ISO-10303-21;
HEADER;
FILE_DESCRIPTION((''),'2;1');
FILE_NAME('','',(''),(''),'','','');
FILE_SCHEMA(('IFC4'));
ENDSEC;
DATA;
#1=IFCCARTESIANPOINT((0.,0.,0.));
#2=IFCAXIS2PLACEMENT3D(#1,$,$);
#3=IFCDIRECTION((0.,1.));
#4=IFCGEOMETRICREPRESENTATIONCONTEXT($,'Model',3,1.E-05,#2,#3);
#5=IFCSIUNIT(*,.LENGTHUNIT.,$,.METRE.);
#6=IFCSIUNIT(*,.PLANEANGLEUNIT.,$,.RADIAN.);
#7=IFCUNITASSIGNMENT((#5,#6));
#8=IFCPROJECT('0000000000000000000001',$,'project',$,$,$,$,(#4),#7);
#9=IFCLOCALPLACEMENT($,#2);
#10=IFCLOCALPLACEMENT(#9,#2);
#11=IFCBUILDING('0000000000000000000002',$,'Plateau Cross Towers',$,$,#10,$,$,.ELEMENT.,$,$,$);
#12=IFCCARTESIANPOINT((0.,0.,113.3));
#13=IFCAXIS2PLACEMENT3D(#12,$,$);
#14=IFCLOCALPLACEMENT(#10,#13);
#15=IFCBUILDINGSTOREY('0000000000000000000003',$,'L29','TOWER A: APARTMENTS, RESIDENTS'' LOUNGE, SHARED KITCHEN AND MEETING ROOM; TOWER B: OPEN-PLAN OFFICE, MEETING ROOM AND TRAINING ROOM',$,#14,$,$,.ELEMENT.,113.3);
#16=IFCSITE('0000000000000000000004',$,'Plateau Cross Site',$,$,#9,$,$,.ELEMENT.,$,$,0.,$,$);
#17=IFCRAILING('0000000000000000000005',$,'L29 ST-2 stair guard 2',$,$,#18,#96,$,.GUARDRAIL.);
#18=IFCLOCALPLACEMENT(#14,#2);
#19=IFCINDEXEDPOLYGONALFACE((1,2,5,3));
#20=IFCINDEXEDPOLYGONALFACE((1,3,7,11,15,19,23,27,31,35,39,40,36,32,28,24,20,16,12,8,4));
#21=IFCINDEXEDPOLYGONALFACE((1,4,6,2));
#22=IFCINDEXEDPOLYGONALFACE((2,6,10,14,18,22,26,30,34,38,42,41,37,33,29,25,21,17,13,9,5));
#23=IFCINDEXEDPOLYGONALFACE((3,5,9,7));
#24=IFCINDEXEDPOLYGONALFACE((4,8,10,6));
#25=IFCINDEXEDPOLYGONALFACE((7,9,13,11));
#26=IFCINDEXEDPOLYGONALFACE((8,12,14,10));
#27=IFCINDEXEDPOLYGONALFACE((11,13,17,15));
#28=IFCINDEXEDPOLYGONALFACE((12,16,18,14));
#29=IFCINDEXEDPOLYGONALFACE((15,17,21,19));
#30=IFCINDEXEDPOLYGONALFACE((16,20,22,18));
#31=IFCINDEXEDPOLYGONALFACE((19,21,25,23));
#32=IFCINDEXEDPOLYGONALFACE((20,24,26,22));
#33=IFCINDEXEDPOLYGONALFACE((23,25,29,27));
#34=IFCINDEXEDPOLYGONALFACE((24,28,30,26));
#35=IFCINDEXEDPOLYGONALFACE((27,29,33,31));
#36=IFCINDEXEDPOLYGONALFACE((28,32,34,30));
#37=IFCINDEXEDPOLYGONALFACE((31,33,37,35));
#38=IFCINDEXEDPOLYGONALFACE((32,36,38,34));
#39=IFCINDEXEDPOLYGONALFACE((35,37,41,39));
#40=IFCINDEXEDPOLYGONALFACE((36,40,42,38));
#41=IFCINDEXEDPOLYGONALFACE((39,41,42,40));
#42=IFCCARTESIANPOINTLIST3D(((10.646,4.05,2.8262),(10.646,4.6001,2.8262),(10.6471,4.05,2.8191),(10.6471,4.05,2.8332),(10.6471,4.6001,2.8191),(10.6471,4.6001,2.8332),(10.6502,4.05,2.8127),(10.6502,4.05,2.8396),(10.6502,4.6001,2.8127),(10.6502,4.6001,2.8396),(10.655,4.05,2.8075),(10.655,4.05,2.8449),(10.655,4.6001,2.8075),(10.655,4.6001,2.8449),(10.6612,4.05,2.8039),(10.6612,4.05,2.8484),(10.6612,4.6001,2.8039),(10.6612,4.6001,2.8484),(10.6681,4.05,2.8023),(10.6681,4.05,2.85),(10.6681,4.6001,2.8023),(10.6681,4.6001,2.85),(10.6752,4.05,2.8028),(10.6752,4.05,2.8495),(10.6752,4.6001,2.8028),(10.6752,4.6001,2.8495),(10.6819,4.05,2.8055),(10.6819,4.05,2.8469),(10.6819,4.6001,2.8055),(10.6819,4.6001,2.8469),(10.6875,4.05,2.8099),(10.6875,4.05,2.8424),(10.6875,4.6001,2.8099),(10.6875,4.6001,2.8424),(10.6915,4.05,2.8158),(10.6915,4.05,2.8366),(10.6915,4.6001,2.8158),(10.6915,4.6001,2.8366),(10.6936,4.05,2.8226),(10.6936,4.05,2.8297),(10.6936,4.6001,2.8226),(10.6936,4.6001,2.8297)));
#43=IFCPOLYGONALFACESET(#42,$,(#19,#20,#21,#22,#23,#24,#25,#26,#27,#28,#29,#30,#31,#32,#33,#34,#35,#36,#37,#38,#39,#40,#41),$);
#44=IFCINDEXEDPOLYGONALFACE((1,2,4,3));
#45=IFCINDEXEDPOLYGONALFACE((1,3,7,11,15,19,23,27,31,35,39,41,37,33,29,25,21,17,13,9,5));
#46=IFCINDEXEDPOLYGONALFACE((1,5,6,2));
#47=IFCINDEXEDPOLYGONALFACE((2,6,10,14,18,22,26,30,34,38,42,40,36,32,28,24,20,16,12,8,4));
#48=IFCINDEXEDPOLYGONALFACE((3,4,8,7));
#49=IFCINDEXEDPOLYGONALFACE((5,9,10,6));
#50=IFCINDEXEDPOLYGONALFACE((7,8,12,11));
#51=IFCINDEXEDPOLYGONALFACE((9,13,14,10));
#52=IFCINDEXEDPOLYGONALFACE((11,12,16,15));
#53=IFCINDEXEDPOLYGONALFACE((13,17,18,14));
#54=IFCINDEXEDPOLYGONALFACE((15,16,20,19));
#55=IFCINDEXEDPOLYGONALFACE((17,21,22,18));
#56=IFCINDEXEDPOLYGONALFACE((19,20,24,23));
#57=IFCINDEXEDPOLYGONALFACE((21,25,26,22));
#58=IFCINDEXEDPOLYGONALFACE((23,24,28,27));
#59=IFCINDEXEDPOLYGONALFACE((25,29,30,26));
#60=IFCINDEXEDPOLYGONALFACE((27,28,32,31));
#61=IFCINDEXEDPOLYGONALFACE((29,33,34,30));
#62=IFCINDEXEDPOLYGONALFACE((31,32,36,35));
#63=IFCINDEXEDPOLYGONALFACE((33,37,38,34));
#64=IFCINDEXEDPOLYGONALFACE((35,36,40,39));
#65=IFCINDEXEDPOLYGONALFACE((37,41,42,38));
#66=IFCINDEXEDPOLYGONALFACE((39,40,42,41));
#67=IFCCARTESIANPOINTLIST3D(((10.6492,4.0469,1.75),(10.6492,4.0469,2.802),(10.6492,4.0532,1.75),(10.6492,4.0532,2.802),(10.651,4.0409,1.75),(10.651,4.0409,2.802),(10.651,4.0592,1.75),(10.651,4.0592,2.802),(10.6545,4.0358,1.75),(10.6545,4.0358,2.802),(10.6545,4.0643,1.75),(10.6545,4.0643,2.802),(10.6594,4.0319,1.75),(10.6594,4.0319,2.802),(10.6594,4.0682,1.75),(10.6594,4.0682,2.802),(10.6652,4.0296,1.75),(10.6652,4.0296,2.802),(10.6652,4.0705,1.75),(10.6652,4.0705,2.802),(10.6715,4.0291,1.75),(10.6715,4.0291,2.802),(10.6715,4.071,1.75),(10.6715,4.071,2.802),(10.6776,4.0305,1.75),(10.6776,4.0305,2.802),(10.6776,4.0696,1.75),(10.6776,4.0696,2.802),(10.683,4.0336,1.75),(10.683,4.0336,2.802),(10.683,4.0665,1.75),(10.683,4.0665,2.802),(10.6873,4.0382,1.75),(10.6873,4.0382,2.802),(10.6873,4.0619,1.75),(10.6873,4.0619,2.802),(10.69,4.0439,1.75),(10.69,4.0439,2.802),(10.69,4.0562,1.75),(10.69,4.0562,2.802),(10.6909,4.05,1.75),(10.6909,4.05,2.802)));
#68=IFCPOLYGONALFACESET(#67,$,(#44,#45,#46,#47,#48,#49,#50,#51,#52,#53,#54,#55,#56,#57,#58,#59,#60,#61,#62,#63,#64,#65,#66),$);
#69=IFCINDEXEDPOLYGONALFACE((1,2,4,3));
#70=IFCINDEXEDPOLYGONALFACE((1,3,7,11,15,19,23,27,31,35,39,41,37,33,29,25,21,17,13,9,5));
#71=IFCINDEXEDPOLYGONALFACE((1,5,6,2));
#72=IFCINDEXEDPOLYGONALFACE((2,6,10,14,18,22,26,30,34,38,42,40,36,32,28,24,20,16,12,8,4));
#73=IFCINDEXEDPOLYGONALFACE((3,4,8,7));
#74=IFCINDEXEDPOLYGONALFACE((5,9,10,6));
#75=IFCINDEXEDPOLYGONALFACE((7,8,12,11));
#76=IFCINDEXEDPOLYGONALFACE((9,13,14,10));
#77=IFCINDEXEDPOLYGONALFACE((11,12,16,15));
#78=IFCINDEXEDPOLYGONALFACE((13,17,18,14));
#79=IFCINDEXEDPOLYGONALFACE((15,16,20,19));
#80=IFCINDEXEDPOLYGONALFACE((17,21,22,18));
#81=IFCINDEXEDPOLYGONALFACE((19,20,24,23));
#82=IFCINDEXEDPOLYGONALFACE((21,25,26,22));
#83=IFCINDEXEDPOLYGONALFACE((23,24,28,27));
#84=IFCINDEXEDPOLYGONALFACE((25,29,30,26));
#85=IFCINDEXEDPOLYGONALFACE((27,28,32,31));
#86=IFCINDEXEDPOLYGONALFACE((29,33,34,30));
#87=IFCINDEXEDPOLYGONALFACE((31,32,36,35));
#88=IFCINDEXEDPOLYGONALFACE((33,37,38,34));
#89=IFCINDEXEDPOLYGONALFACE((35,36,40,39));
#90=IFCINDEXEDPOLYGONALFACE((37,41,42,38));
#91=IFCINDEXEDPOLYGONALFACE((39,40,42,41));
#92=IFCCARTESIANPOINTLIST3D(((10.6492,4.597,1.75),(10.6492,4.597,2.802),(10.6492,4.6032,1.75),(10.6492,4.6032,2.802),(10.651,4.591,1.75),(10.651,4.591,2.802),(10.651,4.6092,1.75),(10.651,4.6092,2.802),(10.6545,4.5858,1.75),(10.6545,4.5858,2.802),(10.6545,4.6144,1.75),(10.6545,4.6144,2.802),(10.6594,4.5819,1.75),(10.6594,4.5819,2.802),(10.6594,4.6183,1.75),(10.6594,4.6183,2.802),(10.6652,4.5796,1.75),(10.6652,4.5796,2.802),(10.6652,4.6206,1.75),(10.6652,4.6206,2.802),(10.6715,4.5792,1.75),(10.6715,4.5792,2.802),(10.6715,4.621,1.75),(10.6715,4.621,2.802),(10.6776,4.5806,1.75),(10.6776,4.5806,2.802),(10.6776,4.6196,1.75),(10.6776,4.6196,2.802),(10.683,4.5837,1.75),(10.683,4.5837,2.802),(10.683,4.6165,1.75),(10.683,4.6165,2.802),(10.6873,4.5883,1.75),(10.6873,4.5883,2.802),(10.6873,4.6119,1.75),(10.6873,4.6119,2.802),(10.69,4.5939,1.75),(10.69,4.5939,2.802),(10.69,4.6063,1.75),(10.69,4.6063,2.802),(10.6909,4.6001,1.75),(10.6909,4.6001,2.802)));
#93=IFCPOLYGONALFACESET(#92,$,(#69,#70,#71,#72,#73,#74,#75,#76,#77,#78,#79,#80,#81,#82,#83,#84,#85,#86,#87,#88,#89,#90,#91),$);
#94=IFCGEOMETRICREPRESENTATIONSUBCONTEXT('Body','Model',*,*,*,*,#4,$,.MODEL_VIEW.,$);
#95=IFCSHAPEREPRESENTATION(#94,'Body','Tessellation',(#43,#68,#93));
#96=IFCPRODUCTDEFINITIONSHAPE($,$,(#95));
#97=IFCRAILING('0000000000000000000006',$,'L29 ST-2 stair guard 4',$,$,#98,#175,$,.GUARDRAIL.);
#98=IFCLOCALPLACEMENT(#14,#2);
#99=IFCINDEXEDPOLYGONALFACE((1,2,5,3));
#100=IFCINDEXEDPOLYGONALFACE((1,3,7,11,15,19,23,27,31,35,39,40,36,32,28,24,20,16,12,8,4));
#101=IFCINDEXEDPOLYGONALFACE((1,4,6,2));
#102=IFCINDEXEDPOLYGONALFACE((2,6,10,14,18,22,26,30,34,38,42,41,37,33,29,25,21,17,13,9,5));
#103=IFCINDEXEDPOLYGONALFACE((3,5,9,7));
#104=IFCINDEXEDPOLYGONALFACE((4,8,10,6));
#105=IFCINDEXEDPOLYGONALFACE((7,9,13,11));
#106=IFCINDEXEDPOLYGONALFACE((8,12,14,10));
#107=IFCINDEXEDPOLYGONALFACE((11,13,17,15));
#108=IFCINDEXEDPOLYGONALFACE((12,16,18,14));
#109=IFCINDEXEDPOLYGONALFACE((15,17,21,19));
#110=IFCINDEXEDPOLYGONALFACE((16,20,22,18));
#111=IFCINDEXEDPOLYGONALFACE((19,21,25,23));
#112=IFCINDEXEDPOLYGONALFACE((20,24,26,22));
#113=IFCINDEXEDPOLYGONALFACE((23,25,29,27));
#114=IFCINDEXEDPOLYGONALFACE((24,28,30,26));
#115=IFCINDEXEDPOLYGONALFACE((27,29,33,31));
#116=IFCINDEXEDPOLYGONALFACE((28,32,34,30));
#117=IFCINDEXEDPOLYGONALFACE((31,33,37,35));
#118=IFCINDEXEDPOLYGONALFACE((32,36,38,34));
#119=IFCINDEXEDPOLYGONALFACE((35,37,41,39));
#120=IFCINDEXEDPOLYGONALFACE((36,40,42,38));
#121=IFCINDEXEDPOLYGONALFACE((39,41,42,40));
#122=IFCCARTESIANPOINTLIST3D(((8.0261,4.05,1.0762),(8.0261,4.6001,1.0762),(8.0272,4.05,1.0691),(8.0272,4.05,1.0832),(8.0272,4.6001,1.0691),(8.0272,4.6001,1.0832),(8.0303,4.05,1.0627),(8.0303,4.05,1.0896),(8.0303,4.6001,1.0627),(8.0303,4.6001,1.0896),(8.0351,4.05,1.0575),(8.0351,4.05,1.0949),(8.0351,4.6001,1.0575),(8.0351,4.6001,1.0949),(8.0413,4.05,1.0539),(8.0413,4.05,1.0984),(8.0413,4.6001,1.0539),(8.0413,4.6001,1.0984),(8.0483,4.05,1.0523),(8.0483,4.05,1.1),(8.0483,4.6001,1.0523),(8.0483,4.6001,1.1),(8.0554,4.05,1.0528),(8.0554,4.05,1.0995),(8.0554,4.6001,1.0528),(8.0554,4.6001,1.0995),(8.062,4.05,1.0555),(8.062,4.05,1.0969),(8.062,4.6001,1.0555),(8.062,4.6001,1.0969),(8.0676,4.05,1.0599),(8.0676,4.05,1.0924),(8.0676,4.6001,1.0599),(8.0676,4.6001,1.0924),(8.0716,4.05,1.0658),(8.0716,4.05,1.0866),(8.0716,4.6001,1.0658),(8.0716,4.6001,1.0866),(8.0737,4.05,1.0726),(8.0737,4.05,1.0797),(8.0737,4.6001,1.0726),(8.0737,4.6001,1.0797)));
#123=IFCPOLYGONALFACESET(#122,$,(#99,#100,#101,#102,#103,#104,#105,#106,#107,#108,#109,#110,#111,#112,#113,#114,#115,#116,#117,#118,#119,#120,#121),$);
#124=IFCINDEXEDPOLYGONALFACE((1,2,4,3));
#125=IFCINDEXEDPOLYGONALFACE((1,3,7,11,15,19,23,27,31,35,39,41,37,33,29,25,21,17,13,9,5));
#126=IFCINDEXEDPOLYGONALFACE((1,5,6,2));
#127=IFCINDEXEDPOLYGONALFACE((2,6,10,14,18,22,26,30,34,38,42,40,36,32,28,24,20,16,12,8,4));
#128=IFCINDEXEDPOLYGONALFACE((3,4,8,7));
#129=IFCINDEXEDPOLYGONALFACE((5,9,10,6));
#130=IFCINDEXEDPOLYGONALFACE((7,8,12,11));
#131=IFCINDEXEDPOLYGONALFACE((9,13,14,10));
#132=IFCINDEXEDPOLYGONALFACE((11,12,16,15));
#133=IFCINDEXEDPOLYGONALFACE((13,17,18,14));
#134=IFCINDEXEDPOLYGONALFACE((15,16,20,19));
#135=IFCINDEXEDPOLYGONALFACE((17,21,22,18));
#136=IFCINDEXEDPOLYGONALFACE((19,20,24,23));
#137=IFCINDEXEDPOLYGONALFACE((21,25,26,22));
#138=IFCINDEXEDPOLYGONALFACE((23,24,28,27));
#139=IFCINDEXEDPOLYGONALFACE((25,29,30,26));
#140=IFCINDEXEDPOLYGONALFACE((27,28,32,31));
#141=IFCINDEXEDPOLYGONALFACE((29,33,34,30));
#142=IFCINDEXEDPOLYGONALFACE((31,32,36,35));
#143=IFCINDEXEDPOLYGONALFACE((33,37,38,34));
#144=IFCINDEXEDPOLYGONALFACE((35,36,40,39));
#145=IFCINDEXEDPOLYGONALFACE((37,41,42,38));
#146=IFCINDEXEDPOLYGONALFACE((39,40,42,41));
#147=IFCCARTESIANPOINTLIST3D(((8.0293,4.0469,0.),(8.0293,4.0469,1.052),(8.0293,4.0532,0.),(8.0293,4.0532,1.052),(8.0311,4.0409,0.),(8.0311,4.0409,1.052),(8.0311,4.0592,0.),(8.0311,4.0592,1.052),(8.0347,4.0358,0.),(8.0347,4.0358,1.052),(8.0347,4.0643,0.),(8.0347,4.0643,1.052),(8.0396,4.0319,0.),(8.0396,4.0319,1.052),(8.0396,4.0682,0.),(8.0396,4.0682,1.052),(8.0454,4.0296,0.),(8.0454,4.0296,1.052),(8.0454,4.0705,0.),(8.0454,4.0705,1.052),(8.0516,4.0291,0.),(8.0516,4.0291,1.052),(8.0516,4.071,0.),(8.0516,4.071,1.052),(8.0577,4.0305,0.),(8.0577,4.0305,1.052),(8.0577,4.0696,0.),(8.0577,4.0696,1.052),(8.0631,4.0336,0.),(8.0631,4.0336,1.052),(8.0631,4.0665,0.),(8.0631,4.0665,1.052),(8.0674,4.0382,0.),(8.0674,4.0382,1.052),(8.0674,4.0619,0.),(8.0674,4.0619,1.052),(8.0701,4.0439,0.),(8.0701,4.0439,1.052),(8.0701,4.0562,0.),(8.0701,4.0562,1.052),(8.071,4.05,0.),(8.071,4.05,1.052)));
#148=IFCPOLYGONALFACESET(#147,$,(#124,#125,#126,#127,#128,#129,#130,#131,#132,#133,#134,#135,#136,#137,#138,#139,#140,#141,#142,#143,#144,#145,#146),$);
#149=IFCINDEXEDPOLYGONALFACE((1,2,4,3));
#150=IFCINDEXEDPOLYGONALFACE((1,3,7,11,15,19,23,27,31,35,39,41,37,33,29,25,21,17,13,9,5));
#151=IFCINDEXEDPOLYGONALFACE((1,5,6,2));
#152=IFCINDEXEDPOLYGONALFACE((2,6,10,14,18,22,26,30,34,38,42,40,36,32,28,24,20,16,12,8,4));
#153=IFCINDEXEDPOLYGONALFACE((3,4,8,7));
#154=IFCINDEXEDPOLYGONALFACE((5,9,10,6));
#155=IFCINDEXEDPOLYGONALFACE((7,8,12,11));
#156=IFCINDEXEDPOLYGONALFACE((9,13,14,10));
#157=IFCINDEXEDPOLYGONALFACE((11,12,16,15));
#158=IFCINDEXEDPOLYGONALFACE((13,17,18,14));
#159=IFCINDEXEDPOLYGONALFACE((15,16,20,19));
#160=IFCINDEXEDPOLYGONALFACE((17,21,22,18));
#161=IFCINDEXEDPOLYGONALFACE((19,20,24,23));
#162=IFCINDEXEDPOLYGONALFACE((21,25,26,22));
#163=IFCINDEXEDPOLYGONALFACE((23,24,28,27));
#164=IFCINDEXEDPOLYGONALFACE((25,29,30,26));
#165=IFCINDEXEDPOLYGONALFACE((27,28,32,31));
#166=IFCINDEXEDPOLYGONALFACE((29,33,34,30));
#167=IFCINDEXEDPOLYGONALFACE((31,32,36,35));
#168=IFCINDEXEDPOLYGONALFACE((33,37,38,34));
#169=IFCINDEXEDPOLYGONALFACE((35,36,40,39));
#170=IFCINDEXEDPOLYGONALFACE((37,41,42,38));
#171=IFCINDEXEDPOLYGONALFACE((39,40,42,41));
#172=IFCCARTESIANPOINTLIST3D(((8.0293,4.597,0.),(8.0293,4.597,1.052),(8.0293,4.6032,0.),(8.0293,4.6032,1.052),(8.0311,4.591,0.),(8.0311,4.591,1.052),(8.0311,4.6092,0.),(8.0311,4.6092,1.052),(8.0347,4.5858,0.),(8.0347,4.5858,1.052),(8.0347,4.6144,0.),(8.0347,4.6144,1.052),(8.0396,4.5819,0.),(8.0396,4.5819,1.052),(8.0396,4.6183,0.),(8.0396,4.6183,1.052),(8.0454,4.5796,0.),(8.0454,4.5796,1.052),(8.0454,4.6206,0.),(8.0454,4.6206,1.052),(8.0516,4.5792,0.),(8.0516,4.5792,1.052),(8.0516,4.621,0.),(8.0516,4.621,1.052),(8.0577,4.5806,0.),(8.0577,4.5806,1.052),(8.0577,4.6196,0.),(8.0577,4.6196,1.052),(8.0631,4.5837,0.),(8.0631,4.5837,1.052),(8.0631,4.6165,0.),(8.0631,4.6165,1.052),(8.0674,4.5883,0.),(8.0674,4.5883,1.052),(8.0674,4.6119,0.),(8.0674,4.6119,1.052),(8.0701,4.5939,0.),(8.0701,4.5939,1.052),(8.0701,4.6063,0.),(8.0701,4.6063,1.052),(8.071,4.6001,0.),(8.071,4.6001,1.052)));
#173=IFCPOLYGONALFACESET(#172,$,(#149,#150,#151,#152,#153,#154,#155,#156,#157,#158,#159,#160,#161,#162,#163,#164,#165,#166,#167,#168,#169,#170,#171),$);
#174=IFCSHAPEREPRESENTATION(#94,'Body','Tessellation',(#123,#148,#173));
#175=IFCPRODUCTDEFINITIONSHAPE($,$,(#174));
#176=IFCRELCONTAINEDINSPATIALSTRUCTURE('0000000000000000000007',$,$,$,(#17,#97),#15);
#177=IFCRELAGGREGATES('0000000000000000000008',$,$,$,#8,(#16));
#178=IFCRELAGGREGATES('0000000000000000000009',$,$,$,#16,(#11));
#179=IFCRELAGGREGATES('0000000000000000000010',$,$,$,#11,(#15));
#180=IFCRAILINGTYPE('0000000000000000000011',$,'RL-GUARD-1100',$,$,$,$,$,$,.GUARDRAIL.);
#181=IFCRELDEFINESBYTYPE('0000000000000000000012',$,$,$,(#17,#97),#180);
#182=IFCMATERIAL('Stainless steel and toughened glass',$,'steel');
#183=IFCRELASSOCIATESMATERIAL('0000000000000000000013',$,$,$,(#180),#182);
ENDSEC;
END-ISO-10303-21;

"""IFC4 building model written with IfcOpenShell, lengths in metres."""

from ifc_helpers import new_model, si_unit, direction, frame, origin, origin_2d, place, context, subcontext, project, spatial, circle, extrude, material, type_object, element, save


model = new_model("IFC4")

# Units and contexts
model_context = context("Model", 3, precision=1e-05, world=origin(), true_north=direction((0.0, 1.0)))
body_context = subcontext(model_context, "Body", "Model", "MODEL_VIEW")
ifc_project = project(units=[si_unit("LENGTHUNIT", "METRE"), si_unit("PLANEANGLEUNIT", "RADIAN")], contexts=[model_context])

# Site, building, storey
site_placement = place(None, origin())
site = spatial("IfcSite", under=ifc_project, at=site_placement, Name="Plateau Cross Site", CompositionType="ELEMENT", RefElevation=0.0)
building_placement = place(site_placement, origin())
building = spatial("IfcBuilding", under=site, at=building_placement, Name="Plateau Cross Towers", CompositionType="ELEMENT")
storey_placement = place(building_placement, frame((0.0, 0.0, 113.3)))
storey = spatial("IfcBuildingStorey", under=building, at=storey_placement, Name="L29", Description="TOWER A: APARTMENTS, RESIDENTS' LOUNGE, SHARED KITCHEN AND MEETING ROOM; TOWER B: OPEN-PLAN OFFICE, MEETING ROOM AND TRAINING ROOM", CompositionType="ELEMENT", Elevation=113.3)

# Railings
ifc_material_1 = material(Name="Stainless steel and toughened glass", Category="steel")
railing_type_1 = type_object("IfcRailingType", Name="RL-GUARD-1100", PredefinedType="GUARDRAIL", material=ifc_material_1)
for number, where, name in (
    (1, (10.6699, 4.05, 1.75), "L29 ST-2 stair guard 2"),
    (2, (8.05, 4.05, 0.0), "L29 ST-2 stair guard 4"),
):
    element("IfcRailing", number, at=place(storey_placement, frame(where)), inside=storey, type_object=railing_type_1, Name=name, PredefinedType="GUARDRAIL", context=body_context, shape_type="SweptSolid", body=[
        extrude(circle(Radius=0.0239, at=origin_2d()), frame((0.0, 0.0, 1.0762), z_axis=(0.0, 1.0, 0.0), x_axis=(-1.0, 0.0, 0.0)), (0.0, 0.0, 1.0), 0.55),
        extrude(circle(Radius=0.021, at=origin_2d()), origin(), (0.0, 0.0, 1.0), 1.052),
        extrude(circle(Radius=0.021, at=origin_2d()), frame((0.0, 0.55, 0.0)), (0.0, 0.0, 1.0), 1.052),
    ])

save(model, "model.ifc")
